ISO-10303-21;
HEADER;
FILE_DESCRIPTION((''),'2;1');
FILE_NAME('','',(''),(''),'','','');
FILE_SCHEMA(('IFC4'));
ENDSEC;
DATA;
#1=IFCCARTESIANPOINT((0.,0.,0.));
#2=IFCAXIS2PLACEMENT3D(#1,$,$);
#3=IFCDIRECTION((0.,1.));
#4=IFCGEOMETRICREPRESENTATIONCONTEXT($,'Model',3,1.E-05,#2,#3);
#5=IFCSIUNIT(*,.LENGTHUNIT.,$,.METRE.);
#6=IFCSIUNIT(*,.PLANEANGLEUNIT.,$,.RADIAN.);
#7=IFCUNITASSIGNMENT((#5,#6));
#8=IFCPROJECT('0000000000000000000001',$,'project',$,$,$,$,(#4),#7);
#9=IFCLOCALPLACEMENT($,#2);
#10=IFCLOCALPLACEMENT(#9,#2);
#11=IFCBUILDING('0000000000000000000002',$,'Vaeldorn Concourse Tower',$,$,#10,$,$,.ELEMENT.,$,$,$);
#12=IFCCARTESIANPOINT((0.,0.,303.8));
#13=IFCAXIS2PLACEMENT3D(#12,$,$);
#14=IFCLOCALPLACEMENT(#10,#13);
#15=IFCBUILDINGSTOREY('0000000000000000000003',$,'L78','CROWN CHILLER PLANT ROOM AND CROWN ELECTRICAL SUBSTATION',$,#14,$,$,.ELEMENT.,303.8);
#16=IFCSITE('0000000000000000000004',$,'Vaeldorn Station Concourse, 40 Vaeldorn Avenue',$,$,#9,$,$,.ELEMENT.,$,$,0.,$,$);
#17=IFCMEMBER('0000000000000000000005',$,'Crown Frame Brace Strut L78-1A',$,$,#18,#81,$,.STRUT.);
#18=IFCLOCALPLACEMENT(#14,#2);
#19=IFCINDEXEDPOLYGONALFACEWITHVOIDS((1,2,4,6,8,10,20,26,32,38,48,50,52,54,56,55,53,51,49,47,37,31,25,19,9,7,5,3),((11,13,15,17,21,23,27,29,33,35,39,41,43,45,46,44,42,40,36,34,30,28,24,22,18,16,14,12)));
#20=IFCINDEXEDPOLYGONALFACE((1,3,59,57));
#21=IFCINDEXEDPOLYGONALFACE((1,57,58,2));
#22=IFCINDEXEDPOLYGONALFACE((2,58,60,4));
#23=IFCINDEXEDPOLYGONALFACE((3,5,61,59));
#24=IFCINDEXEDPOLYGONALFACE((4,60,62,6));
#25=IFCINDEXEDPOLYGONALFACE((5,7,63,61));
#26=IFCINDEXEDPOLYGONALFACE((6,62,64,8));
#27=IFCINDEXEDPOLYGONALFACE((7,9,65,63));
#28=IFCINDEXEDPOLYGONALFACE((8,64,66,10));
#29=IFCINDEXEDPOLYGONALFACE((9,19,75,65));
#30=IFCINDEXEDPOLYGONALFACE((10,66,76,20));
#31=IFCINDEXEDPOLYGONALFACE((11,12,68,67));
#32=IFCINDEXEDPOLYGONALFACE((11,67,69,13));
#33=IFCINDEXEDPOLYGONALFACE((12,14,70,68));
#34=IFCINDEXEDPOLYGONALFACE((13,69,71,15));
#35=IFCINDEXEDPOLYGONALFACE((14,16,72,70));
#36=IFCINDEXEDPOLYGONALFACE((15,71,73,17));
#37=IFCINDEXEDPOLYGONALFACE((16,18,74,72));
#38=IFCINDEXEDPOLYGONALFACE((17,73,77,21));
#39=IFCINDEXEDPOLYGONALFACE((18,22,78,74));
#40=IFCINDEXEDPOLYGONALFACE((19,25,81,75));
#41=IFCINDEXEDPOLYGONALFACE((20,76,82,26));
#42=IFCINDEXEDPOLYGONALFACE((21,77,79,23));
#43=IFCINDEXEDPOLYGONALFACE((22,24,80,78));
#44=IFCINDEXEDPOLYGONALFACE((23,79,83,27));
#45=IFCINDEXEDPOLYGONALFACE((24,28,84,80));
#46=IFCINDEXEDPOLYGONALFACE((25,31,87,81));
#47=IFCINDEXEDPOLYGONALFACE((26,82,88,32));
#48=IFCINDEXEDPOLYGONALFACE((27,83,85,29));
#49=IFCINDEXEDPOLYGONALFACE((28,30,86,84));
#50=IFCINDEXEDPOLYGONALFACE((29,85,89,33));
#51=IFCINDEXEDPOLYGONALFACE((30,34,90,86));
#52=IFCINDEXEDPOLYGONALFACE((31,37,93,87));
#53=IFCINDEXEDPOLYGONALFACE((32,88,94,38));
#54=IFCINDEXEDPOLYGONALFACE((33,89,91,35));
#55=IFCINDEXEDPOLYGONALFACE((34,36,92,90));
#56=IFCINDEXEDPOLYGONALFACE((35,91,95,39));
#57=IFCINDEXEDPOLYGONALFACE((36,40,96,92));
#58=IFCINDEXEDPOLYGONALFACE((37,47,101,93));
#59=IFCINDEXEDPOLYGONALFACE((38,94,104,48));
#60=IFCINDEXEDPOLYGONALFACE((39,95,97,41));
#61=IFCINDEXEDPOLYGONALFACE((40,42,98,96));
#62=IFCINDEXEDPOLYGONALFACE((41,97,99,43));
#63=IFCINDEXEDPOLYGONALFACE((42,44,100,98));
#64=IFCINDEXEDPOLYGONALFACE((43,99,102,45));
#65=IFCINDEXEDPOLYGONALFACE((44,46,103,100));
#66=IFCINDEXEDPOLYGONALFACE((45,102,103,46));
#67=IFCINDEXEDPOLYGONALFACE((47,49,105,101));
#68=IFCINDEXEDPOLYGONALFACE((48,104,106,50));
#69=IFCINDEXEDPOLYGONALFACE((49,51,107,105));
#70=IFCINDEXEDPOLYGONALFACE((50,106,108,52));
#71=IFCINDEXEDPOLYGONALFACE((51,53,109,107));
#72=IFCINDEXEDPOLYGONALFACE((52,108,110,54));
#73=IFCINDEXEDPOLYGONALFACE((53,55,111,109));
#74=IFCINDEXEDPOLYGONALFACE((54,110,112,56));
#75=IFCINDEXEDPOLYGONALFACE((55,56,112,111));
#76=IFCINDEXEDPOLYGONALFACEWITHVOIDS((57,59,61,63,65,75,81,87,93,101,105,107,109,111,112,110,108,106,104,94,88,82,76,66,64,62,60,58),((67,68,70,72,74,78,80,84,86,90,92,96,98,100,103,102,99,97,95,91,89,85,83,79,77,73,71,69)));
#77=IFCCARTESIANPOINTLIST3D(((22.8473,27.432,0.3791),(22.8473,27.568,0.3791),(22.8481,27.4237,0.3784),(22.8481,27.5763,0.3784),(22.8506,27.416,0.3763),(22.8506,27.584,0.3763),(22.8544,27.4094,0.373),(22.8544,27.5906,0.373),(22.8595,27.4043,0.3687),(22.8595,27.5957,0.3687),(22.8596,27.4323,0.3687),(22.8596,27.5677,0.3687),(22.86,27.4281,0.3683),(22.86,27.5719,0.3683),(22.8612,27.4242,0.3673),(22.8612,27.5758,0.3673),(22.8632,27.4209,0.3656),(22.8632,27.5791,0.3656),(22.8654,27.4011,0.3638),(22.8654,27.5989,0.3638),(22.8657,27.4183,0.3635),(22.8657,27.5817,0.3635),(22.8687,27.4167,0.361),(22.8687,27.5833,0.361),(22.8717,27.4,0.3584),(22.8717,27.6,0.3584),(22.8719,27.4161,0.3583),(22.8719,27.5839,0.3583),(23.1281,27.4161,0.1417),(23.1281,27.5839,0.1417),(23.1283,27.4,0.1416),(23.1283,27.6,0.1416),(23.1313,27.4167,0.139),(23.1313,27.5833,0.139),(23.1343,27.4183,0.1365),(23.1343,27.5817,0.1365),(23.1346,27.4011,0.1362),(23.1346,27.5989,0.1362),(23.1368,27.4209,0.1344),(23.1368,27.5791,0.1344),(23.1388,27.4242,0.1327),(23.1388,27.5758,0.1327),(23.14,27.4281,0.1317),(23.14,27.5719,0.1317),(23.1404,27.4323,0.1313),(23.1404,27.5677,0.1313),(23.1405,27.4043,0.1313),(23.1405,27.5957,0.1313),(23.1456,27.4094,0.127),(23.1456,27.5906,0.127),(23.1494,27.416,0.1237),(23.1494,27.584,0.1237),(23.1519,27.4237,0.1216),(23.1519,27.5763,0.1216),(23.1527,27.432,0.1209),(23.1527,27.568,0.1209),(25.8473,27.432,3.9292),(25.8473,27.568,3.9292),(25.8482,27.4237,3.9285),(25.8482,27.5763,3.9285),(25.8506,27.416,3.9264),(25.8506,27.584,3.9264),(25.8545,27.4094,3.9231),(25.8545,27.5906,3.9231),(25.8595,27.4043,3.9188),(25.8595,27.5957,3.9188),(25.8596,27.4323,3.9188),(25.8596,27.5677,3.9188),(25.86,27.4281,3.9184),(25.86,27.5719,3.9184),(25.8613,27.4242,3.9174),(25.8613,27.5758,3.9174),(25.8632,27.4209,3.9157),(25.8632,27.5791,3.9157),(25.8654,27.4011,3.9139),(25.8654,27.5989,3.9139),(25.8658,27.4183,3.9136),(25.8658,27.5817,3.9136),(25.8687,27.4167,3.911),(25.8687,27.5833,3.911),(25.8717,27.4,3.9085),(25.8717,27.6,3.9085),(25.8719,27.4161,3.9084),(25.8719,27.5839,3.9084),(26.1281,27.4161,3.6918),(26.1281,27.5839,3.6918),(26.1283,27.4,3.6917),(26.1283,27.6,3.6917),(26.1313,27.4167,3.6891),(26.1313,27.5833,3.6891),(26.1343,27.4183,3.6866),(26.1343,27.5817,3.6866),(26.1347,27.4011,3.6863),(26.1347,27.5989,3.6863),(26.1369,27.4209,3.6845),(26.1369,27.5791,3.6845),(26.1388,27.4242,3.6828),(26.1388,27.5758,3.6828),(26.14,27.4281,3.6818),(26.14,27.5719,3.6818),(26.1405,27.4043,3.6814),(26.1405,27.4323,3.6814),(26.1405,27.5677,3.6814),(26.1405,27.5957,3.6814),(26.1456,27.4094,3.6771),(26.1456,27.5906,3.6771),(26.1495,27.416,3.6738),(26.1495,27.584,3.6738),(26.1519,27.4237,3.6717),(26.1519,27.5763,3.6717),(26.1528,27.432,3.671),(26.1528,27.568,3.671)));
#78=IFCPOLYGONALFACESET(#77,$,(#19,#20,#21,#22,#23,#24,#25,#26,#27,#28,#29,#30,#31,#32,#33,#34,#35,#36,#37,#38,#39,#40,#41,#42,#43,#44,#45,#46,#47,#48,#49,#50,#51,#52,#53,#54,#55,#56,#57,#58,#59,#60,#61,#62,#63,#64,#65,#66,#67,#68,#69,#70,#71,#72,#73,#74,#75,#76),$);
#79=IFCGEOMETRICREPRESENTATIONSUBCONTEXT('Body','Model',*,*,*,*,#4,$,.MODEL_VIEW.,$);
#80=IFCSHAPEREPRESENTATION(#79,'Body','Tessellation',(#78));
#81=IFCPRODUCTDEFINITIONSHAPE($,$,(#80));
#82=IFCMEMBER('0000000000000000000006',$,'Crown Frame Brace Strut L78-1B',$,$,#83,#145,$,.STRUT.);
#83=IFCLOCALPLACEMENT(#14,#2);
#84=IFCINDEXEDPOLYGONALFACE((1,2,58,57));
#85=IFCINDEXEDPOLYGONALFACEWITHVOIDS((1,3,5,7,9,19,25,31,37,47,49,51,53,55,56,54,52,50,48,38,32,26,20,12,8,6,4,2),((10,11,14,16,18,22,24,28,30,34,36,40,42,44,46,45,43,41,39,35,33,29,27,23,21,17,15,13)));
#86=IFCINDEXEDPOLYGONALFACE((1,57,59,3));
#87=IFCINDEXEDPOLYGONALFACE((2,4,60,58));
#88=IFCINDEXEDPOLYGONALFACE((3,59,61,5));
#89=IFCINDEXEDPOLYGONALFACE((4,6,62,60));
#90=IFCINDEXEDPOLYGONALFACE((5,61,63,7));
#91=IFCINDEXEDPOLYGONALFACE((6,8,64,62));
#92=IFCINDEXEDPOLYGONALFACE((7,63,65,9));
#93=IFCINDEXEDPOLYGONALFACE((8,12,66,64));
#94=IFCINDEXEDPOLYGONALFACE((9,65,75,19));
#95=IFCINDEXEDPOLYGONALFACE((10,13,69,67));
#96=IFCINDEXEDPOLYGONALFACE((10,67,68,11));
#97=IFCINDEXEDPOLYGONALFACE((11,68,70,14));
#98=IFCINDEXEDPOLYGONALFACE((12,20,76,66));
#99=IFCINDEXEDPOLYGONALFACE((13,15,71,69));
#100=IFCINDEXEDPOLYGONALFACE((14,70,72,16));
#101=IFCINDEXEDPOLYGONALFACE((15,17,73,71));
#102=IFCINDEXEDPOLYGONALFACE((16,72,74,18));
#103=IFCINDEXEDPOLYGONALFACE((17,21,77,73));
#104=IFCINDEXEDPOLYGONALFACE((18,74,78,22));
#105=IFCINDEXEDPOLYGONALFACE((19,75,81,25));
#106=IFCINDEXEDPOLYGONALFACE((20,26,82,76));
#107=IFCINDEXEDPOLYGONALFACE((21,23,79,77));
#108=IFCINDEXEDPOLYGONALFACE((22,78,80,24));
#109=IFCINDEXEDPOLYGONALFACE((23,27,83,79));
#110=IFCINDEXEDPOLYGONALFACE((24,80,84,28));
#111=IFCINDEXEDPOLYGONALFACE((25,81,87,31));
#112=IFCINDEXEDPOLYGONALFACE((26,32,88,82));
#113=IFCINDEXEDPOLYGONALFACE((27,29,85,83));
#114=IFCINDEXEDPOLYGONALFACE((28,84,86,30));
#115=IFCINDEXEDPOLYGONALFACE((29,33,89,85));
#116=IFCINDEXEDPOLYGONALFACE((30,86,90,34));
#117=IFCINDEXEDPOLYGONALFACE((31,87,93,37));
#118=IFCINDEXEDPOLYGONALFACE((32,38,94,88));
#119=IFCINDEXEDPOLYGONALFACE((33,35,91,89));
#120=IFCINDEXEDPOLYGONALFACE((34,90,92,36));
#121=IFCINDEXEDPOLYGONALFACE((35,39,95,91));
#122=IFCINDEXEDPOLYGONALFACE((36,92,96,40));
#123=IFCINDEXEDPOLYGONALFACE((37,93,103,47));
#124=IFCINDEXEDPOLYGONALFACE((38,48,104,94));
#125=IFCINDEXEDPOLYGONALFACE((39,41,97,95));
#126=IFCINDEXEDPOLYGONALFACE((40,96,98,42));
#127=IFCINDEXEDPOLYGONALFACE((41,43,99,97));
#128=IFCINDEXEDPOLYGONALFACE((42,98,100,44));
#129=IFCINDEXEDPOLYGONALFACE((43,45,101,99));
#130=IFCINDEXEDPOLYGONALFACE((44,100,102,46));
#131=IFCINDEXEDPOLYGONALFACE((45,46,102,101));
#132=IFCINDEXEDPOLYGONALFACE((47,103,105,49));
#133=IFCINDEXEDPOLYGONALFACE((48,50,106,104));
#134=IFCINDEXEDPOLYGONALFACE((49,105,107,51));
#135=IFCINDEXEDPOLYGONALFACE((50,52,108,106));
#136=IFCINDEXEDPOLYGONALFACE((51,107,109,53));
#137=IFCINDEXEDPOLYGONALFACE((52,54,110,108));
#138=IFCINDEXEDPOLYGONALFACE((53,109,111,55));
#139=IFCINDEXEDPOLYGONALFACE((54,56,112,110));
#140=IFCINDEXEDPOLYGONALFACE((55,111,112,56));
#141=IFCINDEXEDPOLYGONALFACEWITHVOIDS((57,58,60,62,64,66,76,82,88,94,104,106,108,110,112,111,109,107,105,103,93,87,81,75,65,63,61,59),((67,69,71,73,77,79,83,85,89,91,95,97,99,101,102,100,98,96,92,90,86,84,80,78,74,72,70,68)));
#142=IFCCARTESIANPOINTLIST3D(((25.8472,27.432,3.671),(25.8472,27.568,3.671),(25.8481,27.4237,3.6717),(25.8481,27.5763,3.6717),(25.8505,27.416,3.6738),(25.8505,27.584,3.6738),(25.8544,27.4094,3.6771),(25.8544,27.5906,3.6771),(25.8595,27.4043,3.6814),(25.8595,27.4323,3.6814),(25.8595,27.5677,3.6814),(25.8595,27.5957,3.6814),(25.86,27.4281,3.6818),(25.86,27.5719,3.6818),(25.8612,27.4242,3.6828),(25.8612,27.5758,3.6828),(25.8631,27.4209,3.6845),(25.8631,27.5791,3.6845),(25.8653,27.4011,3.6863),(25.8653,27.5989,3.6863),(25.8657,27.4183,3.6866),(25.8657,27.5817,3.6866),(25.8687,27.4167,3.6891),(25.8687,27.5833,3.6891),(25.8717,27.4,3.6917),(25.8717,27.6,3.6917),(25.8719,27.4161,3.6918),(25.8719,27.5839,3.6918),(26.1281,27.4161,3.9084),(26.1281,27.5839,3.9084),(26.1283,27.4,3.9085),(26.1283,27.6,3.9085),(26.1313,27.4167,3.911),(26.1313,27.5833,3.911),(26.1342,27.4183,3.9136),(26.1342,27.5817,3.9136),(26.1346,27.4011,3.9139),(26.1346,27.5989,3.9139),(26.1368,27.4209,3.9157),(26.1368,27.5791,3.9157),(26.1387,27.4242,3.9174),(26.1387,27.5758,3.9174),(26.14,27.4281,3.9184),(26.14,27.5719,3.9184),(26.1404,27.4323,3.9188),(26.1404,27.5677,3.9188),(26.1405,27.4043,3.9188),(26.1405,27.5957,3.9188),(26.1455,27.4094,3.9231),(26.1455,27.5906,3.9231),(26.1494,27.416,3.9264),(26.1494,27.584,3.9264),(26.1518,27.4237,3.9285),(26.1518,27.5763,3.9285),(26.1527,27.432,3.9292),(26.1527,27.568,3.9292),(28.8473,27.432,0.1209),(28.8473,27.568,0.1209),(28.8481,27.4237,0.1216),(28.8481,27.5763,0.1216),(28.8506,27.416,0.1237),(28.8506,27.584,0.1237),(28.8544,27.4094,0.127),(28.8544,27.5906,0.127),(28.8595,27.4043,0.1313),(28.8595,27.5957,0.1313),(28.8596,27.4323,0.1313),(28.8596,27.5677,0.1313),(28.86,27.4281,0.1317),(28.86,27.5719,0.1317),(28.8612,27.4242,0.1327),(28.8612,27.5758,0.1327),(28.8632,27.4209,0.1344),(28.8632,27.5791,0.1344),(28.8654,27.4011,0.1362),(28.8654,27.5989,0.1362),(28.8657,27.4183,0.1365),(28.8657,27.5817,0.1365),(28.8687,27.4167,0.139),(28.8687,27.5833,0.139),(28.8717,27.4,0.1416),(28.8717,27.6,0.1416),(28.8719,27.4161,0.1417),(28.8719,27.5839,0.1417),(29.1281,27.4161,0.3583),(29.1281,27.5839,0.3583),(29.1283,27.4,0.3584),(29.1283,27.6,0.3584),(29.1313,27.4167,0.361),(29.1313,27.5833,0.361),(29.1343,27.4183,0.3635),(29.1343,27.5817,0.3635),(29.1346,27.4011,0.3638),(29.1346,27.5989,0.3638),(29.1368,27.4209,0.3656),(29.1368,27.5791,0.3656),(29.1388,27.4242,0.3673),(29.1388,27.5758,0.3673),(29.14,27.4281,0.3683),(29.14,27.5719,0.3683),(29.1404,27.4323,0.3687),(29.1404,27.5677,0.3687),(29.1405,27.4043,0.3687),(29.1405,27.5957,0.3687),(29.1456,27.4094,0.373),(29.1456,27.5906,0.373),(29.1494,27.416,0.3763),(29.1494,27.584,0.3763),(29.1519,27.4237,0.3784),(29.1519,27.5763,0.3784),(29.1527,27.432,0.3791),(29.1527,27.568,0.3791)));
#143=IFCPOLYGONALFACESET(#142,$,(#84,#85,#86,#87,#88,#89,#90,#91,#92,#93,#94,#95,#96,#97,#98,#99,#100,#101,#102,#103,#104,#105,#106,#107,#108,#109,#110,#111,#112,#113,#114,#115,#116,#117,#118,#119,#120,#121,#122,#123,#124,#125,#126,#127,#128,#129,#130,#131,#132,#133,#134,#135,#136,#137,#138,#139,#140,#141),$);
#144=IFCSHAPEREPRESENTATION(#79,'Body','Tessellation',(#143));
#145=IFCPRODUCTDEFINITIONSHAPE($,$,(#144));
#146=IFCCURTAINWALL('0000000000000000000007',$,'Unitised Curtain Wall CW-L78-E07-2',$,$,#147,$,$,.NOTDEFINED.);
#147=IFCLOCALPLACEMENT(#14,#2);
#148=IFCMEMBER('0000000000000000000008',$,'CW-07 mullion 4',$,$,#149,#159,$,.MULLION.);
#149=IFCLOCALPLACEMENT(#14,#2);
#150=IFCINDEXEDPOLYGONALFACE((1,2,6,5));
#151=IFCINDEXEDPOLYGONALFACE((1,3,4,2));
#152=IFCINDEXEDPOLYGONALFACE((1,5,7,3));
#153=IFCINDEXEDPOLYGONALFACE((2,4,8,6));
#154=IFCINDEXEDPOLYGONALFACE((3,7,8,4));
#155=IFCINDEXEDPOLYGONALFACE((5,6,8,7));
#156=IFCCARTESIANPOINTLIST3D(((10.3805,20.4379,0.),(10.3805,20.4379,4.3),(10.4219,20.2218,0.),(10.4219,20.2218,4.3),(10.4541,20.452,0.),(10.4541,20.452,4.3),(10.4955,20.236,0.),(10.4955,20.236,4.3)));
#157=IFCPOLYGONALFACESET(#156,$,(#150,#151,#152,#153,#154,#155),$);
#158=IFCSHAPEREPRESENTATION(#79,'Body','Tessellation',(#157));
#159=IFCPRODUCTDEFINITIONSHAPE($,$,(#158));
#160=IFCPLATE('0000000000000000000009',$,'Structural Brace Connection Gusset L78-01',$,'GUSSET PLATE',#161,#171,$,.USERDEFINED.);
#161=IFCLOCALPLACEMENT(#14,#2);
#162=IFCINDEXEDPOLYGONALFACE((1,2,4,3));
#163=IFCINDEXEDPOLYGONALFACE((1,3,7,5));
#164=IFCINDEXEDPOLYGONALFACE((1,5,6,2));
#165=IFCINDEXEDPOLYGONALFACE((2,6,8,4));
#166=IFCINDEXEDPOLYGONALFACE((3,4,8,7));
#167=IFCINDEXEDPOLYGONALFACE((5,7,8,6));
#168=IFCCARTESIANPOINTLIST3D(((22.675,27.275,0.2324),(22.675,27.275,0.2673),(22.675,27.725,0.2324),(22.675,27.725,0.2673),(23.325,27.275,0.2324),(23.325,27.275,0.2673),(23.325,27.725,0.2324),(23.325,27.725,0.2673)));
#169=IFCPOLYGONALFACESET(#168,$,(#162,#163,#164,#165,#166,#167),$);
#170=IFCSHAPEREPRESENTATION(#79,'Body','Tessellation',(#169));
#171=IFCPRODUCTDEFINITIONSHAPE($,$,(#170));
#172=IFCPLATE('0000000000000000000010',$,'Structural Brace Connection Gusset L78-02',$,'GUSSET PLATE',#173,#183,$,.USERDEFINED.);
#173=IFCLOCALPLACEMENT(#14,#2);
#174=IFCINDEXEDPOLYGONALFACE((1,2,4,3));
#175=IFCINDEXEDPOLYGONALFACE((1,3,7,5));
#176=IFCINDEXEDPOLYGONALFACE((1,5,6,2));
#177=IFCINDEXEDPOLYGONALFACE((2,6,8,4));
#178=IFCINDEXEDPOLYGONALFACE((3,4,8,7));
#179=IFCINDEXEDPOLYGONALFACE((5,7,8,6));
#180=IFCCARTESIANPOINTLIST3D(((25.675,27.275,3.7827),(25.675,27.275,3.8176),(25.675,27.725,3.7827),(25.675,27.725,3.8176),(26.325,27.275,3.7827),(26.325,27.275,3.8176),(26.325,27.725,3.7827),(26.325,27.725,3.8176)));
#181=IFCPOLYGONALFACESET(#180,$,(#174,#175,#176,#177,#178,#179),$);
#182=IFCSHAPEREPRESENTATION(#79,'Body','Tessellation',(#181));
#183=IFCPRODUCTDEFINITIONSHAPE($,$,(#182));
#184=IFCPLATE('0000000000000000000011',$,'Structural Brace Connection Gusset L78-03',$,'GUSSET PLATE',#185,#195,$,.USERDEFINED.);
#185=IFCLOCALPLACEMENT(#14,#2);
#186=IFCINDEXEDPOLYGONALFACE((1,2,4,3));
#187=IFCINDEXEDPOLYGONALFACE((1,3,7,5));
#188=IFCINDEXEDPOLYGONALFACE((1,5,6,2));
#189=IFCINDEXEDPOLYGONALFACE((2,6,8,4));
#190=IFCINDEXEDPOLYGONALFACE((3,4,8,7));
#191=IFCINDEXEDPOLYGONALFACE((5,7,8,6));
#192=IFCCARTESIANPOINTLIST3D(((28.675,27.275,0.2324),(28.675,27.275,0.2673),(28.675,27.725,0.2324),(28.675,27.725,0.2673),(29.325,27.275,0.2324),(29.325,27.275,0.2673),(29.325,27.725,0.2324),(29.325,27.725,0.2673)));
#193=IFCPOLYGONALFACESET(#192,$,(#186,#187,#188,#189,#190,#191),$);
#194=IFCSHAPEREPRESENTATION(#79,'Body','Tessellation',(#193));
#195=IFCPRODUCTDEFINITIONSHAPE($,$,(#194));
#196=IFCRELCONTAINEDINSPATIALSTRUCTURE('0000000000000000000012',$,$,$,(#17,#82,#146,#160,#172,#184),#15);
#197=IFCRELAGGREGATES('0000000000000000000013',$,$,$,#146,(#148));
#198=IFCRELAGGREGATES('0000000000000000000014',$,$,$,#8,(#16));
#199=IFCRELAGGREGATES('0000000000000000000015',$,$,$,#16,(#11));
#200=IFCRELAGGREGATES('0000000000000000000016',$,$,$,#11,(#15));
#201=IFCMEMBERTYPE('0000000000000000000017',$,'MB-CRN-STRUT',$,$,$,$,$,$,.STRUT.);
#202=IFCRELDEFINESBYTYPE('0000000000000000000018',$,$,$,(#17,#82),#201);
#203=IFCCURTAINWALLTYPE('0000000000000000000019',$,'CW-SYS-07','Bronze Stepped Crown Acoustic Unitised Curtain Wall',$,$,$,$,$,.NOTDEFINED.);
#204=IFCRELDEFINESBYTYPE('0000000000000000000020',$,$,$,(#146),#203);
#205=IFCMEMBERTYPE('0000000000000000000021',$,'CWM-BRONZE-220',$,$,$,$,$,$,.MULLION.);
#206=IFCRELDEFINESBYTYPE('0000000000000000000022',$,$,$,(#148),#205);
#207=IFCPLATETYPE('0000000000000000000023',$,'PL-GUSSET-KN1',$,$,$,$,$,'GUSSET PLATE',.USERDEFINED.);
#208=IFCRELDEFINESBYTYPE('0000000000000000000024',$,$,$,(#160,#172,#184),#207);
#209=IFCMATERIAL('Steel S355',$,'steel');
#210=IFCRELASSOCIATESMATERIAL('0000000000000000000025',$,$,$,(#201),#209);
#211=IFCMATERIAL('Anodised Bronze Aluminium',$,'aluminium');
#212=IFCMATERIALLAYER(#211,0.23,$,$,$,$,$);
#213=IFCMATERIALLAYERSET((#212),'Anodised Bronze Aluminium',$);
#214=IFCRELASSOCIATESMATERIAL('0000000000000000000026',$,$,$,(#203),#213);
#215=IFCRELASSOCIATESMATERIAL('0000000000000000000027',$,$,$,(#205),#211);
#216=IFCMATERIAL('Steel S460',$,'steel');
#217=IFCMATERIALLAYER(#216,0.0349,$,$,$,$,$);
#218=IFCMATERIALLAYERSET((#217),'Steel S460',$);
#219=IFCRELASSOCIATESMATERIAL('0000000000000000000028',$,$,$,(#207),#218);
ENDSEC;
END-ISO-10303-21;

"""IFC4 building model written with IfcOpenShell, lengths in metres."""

from ifc_helpers import new_model, si_unit, direction, frame, origin, origin_2d, place, context, subcontext, project, spatial, rectangle, hollow_rectangle, extrude, source, transform, mapped, material, layer, layer_set, material_profile, profile_set, type_object, element, aggregate, save


model = new_model("IFC4")

# Units and contexts
model_context = context("Model", 3, precision=1e-05, world=origin(), true_north=direction((0.0, 1.0)))
body_context = subcontext(model_context, "Body", "Model", "MODEL_VIEW")
ifc_project = project(units=[si_unit("LENGTHUNIT", "METRE"), si_unit("PLANEANGLEUNIT", "RADIAN")], contexts=[model_context])

# Site, building, storey
site_placement = place(None, origin())
site = spatial("IfcSite", under=ifc_project, at=site_placement, Name="Vaeldorn Station Concourse, 40 Vaeldorn Avenue", CompositionType="ELEMENT", RefElevation=0.0)
building_placement = place(site_placement, origin())
building = spatial("IfcBuilding", under=site, at=building_placement, Name="Vaeldorn Concourse Tower", CompositionType="ELEMENT")
storey_placement = place(building_placement, frame((0.0, 0.0, 303.8)))
storey = spatial("IfcBuildingStorey", under=building, at=storey_placement, Name="L78", Description="CROWN CHILLER PLANT ROOM AND CROWN ELECTRICAL SUBSTATION", CompositionType="ELEMENT", Elevation=303.8)

# Shared definitions
ifc_material_1 = material(Name="Steel S355", Category="steel")

# Shared definitions
ifc_material_2 = material(Name="Steel S460", Category="steel")

# Members
ifc_material_profile_1 = material_profile(ifc_material_1, hollow_rectangle(XDim=0.2, YDim=0.3999, WallThickness=0.0161, InnerFilletRadius=0.0161, OuterFilletRadius=0.032, at=origin_2d()), Name="RHS 400x200x16")
ifc_profile_set_1 = profile_set([ifc_material_profile_1], Name="Steel S355")
member_type_1 = type_object("IfcMemberType", Name="MB-CRN-STRUT", PredefinedType="STRUT", material=ifc_profile_set_1)
shared_shape_1 = source(origin(), body_context, "Body", "SweptSolid", [
    extrude(hollow_rectangle(XDim=0.2, YDim=0.3999, WallThickness=0.0161, InnerFilletRadius=0.0161, OuterFilletRadius=0.032, at=origin_2d()), origin(), (0.0, 0.0, 1.0), 4.6479),
])
for number, where, z_axis, x_axis, name in (
    (1, (23.0, 27.5, 0.25), (0.645455, 0.0, 0.763799), (0.0, 1.0, 0.0), "Crown Frame Brace Strut L78-1A"),
    (2, (29.0, 27.5, 0.25), (-0.645455, 0.0, 0.763799), (0.0, -1.0, 0.0), "Crown Frame Brace Strut L78-1B"),
):
    element("IfcMember", number, at=place(storey_placement, frame(where, z_axis=z_axis, x_axis=x_axis)), inside=storey, type_object=member_type_1, Name=name, PredefinedType="STRUT", context=body_context, shape_type="MappedRepresentation", body=[
        mapped(shared_shape_1, transform((0.0, 0.0, 0.0), scale=1.0)),
    ])

# Curtain wall, member
ifc_material_3 = material(Name="Anodised Bronze Aluminium", Category="aluminium")
ifc_layer_1 = layer(ifc_material_3, 0.23)
ifc_layer_set_1 = layer_set([ifc_layer_1], Name="Anodised Bronze Aluminium")
curtain_wall_type = type_object("IfcCurtainWallType", Name="CW-SYS-07", Description="Bronze Stepped Crown Acoustic Unitised Curtain Wall", PredefinedType="NOTDEFINED", material=ifc_layer_set_1)
curtain_wall_placement = place(storey_placement, origin())
curtain_wall = element("IfcCurtainWall", 3, at=curtain_wall_placement, inside=storey, type_object=curtain_wall_type, Name="Unitised Curtain Wall CW-L78-E07-2", PredefinedType="NOTDEFINED")
ifc_material_profile_2 = material_profile(ifc_material_3, rectangle(XDim=0.075, YDim=0.22, at=origin_2d()), Name="CWM 75x220")
ifc_profile_set_2 = profile_set([ifc_material_profile_2], Name="Anodised Bronze Aluminium")
member_type_2 = type_object("IfcMemberType", Name="CWM-BRONZE-220", PredefinedType="MULLION", material=ifc_profile_set_2)
shared_shape_2 = source(origin(), body_context, "Body", "SweptSolid", [
    extrude(rectangle(XDim=0.075, YDim=0.22, at=origin_2d()), origin(), (0.0, 0.0, 1.0), 4.3),
])
member_placement = place(storey_placement, frame((10.438, 20.3369, 0.0), z_axis=(0.0, 0.0, 1.0), x_axis=(0.982112, 0.188298, 0.0)))
member = element("IfcMember", 4, at=member_placement, type_object=member_type_2, Name="CW-07 mullion 4", PredefinedType="MULLION", context=body_context, shape_type="MappedRepresentation", body=[
    mapped(shared_shape_2, transform((0.0, 0.0, 0.0), scale=1.0)),
])
aggregate(curtain_wall, [member])

# Plates
ifc_layer_2 = layer(ifc_material_2, 0.0349)
ifc_layer_set_2 = layer_set([ifc_layer_2], Name="Steel S460")
plate_type = type_object("IfcPlateType", Name="PL-GUSSET-KN1", ElementType="GUSSET PLATE", PredefinedType="USERDEFINED", material=ifc_layer_set_2)
shared_shape_3 = source(origin(), body_context, "Body", "SweptSolid", [
    extrude(rectangle(XDim=0.6499, YDim=0.45, at=origin_2d()), origin(), (0.0, 0.0, 1.0), 0.0349),
])
for number, where, z_axis, x_axis, name in (
    (5, (23.0, 27.5, 0.2324), (0.0, 0.0, 1.0), (1.0, 0.0, 0.0), "Structural Brace Connection Gusset L78-01"),
    (6, (26.0, 27.5, 3.7827), (0.0, 0.0, 1.0), (1.0, 0.0, 0.0), "Structural Brace Connection Gusset L78-02"),
    (7, (29.0, 27.5, 0.2324), (0.0, 0.0, 1.0), (1.0, 0.0, 0.0), "Structural Brace Connection Gusset L78-03"),
):
    element("IfcPlate", number, at=place(storey_placement, frame(where, z_axis=z_axis, x_axis=x_axis)), inside=storey, type_object=plate_type, Name=name, ObjectType="GUSSET PLATE", PredefinedType="USERDEFINED", context=body_context, shape_type="MappedRepresentation", body=[
        mapped(shared_shape_3, transform((0.0, 0.0, 0.0), scale=1.0)),
    ])

save(model, "model.ifc")
